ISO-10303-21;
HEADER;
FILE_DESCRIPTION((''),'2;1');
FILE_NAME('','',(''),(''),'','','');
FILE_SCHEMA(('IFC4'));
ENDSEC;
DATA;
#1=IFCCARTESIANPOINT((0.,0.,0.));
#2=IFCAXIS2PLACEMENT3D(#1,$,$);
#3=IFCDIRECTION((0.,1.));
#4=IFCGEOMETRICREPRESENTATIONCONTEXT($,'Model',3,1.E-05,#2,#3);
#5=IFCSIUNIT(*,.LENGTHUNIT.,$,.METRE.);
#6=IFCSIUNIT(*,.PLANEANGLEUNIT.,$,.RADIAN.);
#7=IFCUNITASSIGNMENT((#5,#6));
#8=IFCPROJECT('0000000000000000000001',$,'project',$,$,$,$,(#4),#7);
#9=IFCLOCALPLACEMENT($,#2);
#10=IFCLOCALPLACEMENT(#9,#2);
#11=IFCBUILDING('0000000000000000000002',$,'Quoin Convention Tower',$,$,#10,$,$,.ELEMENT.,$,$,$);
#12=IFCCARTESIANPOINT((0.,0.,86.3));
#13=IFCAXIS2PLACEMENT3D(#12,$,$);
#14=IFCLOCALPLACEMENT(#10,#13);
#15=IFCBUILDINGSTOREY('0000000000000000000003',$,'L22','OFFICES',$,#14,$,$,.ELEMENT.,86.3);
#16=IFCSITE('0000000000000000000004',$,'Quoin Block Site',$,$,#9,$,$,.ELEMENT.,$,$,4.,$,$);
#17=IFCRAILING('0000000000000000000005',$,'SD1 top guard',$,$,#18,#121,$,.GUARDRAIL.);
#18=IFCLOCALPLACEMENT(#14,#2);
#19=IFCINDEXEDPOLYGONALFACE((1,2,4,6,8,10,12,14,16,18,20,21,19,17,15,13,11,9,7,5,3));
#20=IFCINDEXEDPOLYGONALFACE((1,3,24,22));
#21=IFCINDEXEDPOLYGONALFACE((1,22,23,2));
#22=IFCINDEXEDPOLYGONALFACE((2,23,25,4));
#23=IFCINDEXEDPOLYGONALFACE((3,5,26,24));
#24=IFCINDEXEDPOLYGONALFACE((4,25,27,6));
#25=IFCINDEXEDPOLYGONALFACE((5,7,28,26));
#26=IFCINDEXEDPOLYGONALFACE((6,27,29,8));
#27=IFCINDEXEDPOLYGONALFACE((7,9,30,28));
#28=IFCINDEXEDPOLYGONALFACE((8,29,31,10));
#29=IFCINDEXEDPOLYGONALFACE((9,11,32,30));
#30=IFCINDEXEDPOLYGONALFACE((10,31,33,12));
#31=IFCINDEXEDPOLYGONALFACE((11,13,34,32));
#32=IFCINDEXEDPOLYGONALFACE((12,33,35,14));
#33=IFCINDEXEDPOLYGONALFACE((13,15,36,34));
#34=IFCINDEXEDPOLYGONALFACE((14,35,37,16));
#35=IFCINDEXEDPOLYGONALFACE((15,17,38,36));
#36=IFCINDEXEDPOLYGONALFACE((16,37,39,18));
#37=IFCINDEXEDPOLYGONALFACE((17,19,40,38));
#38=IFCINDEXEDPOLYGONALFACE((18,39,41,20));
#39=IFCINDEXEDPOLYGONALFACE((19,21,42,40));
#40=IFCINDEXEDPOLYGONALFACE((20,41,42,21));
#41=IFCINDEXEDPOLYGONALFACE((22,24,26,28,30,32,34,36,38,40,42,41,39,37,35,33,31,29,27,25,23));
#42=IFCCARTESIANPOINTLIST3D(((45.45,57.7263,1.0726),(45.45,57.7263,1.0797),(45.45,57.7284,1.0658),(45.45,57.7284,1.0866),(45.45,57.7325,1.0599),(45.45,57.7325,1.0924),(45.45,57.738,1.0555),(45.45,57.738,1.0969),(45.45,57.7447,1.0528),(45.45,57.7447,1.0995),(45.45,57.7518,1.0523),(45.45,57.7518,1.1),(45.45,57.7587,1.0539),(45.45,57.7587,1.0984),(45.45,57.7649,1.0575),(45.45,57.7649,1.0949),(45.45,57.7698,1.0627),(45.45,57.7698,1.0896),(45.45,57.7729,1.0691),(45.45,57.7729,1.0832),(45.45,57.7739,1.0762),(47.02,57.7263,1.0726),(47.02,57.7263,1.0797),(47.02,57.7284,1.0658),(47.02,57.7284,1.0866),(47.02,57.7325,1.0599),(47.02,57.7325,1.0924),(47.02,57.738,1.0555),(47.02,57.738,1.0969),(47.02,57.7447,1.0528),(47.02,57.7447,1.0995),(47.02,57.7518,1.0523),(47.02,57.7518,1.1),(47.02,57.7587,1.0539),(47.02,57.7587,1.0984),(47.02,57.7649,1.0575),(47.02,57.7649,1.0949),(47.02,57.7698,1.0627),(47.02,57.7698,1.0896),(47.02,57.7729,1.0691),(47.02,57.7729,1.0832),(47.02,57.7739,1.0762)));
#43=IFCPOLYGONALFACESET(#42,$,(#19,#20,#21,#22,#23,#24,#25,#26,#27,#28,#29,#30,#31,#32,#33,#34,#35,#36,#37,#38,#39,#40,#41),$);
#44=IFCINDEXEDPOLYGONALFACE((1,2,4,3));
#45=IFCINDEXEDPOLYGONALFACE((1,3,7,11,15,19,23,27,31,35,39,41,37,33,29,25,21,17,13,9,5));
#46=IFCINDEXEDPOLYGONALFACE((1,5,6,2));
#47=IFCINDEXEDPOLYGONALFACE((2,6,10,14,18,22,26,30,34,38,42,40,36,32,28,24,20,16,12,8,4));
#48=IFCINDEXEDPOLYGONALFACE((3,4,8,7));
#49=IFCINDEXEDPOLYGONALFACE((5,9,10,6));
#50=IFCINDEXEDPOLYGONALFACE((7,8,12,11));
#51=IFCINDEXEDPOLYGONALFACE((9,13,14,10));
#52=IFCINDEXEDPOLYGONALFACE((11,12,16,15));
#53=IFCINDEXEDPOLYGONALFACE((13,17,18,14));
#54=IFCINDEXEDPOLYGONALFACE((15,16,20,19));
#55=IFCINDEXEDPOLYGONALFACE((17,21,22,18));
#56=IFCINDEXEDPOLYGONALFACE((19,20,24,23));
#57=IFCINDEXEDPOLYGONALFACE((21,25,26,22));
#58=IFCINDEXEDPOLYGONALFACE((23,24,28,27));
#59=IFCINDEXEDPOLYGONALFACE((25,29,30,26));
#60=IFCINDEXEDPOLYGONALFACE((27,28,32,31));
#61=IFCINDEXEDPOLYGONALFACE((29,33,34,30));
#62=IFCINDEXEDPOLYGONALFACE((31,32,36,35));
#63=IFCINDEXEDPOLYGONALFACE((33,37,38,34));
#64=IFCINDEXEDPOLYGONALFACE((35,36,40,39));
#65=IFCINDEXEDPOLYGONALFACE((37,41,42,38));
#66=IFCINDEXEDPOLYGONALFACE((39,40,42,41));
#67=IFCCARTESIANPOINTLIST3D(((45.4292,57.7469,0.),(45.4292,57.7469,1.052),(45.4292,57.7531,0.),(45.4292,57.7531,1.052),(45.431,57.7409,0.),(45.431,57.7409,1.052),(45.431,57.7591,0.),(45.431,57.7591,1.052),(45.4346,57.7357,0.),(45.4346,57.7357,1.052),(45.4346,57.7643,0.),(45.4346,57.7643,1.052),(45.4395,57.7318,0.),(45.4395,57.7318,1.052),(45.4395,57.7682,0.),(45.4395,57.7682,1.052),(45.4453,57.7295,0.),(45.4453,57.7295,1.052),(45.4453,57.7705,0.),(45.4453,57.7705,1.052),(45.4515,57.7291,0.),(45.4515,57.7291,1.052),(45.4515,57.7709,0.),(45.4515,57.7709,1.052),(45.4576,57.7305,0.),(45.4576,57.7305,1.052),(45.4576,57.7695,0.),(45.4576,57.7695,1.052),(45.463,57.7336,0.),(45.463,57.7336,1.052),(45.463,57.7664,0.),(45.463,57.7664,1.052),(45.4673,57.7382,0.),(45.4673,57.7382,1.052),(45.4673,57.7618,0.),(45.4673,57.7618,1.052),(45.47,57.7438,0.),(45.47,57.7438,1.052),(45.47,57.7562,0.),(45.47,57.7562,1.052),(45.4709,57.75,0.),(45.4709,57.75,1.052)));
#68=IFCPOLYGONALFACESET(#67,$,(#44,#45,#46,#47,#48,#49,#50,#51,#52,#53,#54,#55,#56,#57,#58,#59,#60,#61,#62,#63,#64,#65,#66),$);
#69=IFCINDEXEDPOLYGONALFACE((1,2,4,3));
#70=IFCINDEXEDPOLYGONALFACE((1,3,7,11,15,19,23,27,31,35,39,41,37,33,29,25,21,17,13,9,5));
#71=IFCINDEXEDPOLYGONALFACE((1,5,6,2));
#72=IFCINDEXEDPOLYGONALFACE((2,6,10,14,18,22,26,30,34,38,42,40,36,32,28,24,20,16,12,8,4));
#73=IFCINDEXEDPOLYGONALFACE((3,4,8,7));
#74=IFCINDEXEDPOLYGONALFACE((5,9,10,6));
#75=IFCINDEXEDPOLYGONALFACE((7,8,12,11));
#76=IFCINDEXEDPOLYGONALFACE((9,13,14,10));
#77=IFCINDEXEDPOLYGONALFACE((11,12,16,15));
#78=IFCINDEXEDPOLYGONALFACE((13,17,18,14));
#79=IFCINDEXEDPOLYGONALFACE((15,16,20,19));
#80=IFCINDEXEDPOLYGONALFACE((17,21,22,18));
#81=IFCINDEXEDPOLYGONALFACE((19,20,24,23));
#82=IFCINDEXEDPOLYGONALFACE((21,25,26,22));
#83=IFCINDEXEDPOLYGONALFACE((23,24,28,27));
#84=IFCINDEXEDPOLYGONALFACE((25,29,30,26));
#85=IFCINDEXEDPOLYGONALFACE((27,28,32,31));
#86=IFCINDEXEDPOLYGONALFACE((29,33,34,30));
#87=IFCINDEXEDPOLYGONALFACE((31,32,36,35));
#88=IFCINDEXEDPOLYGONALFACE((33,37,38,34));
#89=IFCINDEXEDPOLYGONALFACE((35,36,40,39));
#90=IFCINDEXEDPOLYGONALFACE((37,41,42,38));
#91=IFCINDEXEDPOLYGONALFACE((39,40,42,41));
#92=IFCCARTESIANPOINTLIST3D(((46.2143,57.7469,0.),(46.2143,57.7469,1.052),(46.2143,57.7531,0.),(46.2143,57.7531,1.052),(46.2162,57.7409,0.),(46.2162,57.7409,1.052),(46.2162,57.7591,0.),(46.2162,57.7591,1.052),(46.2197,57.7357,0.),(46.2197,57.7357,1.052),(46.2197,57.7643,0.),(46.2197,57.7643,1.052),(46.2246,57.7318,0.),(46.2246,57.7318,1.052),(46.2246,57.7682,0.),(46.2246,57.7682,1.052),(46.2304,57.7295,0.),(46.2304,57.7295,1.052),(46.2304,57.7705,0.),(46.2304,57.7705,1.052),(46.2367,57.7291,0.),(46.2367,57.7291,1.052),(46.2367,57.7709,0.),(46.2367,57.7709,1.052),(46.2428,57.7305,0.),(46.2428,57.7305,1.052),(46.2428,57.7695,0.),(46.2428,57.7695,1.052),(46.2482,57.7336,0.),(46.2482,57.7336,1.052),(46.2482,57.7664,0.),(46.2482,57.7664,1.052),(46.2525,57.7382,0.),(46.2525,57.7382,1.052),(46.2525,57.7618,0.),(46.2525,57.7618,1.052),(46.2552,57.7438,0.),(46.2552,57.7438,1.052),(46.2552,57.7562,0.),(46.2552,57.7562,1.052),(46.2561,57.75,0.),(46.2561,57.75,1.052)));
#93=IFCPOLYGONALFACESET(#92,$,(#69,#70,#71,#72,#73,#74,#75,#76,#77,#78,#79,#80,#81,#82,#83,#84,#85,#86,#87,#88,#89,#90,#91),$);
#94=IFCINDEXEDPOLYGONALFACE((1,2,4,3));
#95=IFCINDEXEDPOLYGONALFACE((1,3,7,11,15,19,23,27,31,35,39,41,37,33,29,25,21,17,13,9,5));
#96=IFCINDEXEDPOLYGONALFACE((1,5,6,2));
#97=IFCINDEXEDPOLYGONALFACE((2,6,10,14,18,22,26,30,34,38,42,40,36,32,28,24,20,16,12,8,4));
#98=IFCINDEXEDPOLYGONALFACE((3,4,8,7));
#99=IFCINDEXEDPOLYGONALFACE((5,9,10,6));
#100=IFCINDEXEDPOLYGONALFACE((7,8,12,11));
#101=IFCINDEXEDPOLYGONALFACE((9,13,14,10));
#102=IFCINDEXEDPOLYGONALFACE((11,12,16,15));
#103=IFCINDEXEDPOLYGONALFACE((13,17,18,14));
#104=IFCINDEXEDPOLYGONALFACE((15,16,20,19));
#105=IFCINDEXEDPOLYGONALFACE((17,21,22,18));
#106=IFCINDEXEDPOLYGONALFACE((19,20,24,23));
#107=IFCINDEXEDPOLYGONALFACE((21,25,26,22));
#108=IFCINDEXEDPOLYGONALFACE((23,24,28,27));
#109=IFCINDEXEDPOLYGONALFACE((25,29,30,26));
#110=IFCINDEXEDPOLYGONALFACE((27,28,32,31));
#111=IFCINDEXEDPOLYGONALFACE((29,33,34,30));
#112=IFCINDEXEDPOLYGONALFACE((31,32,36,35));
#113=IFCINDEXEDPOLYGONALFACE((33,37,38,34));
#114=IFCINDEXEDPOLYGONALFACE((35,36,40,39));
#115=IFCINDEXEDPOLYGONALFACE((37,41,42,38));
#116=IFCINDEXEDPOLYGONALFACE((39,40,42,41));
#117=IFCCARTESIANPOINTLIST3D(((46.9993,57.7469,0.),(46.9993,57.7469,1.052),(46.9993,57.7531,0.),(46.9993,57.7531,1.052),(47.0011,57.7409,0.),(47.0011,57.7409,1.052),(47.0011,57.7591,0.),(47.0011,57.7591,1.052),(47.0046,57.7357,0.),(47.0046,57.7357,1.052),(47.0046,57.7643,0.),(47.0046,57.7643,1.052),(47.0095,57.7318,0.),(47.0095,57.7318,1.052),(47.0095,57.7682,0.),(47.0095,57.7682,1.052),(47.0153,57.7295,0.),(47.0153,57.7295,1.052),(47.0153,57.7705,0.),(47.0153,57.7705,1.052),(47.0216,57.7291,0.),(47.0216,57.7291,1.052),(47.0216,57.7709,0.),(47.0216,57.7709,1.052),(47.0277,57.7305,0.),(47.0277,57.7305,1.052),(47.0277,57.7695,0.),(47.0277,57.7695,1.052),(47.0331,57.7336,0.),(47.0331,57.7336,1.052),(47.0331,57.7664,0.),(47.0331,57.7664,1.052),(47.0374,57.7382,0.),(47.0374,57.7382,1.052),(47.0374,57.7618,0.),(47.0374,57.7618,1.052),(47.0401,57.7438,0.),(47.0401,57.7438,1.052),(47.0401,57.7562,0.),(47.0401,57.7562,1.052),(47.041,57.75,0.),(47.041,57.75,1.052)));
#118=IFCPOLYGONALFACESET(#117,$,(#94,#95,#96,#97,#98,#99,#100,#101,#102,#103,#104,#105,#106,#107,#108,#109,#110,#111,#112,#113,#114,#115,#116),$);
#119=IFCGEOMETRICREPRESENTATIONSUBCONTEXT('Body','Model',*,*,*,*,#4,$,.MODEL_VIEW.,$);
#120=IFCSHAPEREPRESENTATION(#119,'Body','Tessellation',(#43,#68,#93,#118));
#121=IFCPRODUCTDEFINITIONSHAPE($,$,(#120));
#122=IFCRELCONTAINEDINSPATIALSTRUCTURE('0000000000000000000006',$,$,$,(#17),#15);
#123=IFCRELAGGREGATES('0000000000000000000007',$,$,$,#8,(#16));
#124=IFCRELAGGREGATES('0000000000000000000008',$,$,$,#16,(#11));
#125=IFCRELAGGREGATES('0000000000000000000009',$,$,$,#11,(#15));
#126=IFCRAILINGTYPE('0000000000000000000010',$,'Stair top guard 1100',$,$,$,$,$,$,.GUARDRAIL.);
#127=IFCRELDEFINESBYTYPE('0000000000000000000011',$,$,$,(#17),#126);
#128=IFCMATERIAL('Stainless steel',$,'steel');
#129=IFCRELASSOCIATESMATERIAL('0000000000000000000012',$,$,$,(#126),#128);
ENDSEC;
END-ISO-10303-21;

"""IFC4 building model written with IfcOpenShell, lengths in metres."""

from ifc_helpers import new_model, si_unit, direction, frame, origin, origin_2d, place, context, subcontext, project, spatial, circle, extrude, material, type_object, element, save


model = new_model("IFC4")

# Units and contexts
model_context = context("Model", 3, precision=1e-05, world=origin(), true_north=direction((0.0, 1.0)))
body_context = subcontext(model_context, "Body", "Model", "MODEL_VIEW")
ifc_project = project(units=[si_unit("LENGTHUNIT", "METRE"), si_unit("PLANEANGLEUNIT", "RADIAN")], contexts=[model_context])

# Site, building, storey
site_placement = place(None, origin())
site = spatial("IfcSite", under=ifc_project, at=site_placement, Name="Quoin Block Site", CompositionType="ELEMENT", RefElevation=4.0)
building_placement = place(site_placement, origin())
building = spatial("IfcBuilding", under=site, at=building_placement, Name="Quoin Convention Tower", CompositionType="ELEMENT")
storey_placement = place(building_placement, frame((0.0, 0.0, 86.3)))
storey = spatial("IfcBuildingStorey", under=building, at=storey_placement, Name="L22", Description="OFFICES", CompositionType="ELEMENT", Elevation=86.3)

# Railing
ifc_material_1 = material(Name="Stainless steel", Category="steel")
railing_type = type_object("IfcRailingType", Name="Stair top guard 1100", PredefinedType="GUARDRAIL", material=ifc_material_1)
railing_placement = place(storey_placement, frame((45.45, 57.75, 0.0)))
element("IfcRailing", 1, at=railing_placement, inside=storey, type_object=railing_type, Name="SD1 top guard", PredefinedType="GUARDRAIL", context=body_context, shape_type="SweptSolid", body=[
    extrude(circle(Radius=0.0239, at=origin_2d()), frame((0.0, 0.0, 1.0762), z_axis=(1.0, 0.0, 0.0), x_axis=(0.0, 1.0, 0.0)), (0.0, 0.0, 1.0), 1.5701),
    extrude(circle(Radius=0.021, at=origin_2d()), origin(), (0.0, 0.0, 1.0), 1.052),
    extrude(circle(Radius=0.021, at=origin_2d()), frame((0.7852, 0.0, 0.0)), (0.0, 0.0, 1.0), 1.052),
    extrude(circle(Radius=0.021, at=origin_2d()), frame((1.5701, 0.0, 0.0)), (0.0, 0.0, 1.0), 1.052),
])

save(model, "model.ifc")
